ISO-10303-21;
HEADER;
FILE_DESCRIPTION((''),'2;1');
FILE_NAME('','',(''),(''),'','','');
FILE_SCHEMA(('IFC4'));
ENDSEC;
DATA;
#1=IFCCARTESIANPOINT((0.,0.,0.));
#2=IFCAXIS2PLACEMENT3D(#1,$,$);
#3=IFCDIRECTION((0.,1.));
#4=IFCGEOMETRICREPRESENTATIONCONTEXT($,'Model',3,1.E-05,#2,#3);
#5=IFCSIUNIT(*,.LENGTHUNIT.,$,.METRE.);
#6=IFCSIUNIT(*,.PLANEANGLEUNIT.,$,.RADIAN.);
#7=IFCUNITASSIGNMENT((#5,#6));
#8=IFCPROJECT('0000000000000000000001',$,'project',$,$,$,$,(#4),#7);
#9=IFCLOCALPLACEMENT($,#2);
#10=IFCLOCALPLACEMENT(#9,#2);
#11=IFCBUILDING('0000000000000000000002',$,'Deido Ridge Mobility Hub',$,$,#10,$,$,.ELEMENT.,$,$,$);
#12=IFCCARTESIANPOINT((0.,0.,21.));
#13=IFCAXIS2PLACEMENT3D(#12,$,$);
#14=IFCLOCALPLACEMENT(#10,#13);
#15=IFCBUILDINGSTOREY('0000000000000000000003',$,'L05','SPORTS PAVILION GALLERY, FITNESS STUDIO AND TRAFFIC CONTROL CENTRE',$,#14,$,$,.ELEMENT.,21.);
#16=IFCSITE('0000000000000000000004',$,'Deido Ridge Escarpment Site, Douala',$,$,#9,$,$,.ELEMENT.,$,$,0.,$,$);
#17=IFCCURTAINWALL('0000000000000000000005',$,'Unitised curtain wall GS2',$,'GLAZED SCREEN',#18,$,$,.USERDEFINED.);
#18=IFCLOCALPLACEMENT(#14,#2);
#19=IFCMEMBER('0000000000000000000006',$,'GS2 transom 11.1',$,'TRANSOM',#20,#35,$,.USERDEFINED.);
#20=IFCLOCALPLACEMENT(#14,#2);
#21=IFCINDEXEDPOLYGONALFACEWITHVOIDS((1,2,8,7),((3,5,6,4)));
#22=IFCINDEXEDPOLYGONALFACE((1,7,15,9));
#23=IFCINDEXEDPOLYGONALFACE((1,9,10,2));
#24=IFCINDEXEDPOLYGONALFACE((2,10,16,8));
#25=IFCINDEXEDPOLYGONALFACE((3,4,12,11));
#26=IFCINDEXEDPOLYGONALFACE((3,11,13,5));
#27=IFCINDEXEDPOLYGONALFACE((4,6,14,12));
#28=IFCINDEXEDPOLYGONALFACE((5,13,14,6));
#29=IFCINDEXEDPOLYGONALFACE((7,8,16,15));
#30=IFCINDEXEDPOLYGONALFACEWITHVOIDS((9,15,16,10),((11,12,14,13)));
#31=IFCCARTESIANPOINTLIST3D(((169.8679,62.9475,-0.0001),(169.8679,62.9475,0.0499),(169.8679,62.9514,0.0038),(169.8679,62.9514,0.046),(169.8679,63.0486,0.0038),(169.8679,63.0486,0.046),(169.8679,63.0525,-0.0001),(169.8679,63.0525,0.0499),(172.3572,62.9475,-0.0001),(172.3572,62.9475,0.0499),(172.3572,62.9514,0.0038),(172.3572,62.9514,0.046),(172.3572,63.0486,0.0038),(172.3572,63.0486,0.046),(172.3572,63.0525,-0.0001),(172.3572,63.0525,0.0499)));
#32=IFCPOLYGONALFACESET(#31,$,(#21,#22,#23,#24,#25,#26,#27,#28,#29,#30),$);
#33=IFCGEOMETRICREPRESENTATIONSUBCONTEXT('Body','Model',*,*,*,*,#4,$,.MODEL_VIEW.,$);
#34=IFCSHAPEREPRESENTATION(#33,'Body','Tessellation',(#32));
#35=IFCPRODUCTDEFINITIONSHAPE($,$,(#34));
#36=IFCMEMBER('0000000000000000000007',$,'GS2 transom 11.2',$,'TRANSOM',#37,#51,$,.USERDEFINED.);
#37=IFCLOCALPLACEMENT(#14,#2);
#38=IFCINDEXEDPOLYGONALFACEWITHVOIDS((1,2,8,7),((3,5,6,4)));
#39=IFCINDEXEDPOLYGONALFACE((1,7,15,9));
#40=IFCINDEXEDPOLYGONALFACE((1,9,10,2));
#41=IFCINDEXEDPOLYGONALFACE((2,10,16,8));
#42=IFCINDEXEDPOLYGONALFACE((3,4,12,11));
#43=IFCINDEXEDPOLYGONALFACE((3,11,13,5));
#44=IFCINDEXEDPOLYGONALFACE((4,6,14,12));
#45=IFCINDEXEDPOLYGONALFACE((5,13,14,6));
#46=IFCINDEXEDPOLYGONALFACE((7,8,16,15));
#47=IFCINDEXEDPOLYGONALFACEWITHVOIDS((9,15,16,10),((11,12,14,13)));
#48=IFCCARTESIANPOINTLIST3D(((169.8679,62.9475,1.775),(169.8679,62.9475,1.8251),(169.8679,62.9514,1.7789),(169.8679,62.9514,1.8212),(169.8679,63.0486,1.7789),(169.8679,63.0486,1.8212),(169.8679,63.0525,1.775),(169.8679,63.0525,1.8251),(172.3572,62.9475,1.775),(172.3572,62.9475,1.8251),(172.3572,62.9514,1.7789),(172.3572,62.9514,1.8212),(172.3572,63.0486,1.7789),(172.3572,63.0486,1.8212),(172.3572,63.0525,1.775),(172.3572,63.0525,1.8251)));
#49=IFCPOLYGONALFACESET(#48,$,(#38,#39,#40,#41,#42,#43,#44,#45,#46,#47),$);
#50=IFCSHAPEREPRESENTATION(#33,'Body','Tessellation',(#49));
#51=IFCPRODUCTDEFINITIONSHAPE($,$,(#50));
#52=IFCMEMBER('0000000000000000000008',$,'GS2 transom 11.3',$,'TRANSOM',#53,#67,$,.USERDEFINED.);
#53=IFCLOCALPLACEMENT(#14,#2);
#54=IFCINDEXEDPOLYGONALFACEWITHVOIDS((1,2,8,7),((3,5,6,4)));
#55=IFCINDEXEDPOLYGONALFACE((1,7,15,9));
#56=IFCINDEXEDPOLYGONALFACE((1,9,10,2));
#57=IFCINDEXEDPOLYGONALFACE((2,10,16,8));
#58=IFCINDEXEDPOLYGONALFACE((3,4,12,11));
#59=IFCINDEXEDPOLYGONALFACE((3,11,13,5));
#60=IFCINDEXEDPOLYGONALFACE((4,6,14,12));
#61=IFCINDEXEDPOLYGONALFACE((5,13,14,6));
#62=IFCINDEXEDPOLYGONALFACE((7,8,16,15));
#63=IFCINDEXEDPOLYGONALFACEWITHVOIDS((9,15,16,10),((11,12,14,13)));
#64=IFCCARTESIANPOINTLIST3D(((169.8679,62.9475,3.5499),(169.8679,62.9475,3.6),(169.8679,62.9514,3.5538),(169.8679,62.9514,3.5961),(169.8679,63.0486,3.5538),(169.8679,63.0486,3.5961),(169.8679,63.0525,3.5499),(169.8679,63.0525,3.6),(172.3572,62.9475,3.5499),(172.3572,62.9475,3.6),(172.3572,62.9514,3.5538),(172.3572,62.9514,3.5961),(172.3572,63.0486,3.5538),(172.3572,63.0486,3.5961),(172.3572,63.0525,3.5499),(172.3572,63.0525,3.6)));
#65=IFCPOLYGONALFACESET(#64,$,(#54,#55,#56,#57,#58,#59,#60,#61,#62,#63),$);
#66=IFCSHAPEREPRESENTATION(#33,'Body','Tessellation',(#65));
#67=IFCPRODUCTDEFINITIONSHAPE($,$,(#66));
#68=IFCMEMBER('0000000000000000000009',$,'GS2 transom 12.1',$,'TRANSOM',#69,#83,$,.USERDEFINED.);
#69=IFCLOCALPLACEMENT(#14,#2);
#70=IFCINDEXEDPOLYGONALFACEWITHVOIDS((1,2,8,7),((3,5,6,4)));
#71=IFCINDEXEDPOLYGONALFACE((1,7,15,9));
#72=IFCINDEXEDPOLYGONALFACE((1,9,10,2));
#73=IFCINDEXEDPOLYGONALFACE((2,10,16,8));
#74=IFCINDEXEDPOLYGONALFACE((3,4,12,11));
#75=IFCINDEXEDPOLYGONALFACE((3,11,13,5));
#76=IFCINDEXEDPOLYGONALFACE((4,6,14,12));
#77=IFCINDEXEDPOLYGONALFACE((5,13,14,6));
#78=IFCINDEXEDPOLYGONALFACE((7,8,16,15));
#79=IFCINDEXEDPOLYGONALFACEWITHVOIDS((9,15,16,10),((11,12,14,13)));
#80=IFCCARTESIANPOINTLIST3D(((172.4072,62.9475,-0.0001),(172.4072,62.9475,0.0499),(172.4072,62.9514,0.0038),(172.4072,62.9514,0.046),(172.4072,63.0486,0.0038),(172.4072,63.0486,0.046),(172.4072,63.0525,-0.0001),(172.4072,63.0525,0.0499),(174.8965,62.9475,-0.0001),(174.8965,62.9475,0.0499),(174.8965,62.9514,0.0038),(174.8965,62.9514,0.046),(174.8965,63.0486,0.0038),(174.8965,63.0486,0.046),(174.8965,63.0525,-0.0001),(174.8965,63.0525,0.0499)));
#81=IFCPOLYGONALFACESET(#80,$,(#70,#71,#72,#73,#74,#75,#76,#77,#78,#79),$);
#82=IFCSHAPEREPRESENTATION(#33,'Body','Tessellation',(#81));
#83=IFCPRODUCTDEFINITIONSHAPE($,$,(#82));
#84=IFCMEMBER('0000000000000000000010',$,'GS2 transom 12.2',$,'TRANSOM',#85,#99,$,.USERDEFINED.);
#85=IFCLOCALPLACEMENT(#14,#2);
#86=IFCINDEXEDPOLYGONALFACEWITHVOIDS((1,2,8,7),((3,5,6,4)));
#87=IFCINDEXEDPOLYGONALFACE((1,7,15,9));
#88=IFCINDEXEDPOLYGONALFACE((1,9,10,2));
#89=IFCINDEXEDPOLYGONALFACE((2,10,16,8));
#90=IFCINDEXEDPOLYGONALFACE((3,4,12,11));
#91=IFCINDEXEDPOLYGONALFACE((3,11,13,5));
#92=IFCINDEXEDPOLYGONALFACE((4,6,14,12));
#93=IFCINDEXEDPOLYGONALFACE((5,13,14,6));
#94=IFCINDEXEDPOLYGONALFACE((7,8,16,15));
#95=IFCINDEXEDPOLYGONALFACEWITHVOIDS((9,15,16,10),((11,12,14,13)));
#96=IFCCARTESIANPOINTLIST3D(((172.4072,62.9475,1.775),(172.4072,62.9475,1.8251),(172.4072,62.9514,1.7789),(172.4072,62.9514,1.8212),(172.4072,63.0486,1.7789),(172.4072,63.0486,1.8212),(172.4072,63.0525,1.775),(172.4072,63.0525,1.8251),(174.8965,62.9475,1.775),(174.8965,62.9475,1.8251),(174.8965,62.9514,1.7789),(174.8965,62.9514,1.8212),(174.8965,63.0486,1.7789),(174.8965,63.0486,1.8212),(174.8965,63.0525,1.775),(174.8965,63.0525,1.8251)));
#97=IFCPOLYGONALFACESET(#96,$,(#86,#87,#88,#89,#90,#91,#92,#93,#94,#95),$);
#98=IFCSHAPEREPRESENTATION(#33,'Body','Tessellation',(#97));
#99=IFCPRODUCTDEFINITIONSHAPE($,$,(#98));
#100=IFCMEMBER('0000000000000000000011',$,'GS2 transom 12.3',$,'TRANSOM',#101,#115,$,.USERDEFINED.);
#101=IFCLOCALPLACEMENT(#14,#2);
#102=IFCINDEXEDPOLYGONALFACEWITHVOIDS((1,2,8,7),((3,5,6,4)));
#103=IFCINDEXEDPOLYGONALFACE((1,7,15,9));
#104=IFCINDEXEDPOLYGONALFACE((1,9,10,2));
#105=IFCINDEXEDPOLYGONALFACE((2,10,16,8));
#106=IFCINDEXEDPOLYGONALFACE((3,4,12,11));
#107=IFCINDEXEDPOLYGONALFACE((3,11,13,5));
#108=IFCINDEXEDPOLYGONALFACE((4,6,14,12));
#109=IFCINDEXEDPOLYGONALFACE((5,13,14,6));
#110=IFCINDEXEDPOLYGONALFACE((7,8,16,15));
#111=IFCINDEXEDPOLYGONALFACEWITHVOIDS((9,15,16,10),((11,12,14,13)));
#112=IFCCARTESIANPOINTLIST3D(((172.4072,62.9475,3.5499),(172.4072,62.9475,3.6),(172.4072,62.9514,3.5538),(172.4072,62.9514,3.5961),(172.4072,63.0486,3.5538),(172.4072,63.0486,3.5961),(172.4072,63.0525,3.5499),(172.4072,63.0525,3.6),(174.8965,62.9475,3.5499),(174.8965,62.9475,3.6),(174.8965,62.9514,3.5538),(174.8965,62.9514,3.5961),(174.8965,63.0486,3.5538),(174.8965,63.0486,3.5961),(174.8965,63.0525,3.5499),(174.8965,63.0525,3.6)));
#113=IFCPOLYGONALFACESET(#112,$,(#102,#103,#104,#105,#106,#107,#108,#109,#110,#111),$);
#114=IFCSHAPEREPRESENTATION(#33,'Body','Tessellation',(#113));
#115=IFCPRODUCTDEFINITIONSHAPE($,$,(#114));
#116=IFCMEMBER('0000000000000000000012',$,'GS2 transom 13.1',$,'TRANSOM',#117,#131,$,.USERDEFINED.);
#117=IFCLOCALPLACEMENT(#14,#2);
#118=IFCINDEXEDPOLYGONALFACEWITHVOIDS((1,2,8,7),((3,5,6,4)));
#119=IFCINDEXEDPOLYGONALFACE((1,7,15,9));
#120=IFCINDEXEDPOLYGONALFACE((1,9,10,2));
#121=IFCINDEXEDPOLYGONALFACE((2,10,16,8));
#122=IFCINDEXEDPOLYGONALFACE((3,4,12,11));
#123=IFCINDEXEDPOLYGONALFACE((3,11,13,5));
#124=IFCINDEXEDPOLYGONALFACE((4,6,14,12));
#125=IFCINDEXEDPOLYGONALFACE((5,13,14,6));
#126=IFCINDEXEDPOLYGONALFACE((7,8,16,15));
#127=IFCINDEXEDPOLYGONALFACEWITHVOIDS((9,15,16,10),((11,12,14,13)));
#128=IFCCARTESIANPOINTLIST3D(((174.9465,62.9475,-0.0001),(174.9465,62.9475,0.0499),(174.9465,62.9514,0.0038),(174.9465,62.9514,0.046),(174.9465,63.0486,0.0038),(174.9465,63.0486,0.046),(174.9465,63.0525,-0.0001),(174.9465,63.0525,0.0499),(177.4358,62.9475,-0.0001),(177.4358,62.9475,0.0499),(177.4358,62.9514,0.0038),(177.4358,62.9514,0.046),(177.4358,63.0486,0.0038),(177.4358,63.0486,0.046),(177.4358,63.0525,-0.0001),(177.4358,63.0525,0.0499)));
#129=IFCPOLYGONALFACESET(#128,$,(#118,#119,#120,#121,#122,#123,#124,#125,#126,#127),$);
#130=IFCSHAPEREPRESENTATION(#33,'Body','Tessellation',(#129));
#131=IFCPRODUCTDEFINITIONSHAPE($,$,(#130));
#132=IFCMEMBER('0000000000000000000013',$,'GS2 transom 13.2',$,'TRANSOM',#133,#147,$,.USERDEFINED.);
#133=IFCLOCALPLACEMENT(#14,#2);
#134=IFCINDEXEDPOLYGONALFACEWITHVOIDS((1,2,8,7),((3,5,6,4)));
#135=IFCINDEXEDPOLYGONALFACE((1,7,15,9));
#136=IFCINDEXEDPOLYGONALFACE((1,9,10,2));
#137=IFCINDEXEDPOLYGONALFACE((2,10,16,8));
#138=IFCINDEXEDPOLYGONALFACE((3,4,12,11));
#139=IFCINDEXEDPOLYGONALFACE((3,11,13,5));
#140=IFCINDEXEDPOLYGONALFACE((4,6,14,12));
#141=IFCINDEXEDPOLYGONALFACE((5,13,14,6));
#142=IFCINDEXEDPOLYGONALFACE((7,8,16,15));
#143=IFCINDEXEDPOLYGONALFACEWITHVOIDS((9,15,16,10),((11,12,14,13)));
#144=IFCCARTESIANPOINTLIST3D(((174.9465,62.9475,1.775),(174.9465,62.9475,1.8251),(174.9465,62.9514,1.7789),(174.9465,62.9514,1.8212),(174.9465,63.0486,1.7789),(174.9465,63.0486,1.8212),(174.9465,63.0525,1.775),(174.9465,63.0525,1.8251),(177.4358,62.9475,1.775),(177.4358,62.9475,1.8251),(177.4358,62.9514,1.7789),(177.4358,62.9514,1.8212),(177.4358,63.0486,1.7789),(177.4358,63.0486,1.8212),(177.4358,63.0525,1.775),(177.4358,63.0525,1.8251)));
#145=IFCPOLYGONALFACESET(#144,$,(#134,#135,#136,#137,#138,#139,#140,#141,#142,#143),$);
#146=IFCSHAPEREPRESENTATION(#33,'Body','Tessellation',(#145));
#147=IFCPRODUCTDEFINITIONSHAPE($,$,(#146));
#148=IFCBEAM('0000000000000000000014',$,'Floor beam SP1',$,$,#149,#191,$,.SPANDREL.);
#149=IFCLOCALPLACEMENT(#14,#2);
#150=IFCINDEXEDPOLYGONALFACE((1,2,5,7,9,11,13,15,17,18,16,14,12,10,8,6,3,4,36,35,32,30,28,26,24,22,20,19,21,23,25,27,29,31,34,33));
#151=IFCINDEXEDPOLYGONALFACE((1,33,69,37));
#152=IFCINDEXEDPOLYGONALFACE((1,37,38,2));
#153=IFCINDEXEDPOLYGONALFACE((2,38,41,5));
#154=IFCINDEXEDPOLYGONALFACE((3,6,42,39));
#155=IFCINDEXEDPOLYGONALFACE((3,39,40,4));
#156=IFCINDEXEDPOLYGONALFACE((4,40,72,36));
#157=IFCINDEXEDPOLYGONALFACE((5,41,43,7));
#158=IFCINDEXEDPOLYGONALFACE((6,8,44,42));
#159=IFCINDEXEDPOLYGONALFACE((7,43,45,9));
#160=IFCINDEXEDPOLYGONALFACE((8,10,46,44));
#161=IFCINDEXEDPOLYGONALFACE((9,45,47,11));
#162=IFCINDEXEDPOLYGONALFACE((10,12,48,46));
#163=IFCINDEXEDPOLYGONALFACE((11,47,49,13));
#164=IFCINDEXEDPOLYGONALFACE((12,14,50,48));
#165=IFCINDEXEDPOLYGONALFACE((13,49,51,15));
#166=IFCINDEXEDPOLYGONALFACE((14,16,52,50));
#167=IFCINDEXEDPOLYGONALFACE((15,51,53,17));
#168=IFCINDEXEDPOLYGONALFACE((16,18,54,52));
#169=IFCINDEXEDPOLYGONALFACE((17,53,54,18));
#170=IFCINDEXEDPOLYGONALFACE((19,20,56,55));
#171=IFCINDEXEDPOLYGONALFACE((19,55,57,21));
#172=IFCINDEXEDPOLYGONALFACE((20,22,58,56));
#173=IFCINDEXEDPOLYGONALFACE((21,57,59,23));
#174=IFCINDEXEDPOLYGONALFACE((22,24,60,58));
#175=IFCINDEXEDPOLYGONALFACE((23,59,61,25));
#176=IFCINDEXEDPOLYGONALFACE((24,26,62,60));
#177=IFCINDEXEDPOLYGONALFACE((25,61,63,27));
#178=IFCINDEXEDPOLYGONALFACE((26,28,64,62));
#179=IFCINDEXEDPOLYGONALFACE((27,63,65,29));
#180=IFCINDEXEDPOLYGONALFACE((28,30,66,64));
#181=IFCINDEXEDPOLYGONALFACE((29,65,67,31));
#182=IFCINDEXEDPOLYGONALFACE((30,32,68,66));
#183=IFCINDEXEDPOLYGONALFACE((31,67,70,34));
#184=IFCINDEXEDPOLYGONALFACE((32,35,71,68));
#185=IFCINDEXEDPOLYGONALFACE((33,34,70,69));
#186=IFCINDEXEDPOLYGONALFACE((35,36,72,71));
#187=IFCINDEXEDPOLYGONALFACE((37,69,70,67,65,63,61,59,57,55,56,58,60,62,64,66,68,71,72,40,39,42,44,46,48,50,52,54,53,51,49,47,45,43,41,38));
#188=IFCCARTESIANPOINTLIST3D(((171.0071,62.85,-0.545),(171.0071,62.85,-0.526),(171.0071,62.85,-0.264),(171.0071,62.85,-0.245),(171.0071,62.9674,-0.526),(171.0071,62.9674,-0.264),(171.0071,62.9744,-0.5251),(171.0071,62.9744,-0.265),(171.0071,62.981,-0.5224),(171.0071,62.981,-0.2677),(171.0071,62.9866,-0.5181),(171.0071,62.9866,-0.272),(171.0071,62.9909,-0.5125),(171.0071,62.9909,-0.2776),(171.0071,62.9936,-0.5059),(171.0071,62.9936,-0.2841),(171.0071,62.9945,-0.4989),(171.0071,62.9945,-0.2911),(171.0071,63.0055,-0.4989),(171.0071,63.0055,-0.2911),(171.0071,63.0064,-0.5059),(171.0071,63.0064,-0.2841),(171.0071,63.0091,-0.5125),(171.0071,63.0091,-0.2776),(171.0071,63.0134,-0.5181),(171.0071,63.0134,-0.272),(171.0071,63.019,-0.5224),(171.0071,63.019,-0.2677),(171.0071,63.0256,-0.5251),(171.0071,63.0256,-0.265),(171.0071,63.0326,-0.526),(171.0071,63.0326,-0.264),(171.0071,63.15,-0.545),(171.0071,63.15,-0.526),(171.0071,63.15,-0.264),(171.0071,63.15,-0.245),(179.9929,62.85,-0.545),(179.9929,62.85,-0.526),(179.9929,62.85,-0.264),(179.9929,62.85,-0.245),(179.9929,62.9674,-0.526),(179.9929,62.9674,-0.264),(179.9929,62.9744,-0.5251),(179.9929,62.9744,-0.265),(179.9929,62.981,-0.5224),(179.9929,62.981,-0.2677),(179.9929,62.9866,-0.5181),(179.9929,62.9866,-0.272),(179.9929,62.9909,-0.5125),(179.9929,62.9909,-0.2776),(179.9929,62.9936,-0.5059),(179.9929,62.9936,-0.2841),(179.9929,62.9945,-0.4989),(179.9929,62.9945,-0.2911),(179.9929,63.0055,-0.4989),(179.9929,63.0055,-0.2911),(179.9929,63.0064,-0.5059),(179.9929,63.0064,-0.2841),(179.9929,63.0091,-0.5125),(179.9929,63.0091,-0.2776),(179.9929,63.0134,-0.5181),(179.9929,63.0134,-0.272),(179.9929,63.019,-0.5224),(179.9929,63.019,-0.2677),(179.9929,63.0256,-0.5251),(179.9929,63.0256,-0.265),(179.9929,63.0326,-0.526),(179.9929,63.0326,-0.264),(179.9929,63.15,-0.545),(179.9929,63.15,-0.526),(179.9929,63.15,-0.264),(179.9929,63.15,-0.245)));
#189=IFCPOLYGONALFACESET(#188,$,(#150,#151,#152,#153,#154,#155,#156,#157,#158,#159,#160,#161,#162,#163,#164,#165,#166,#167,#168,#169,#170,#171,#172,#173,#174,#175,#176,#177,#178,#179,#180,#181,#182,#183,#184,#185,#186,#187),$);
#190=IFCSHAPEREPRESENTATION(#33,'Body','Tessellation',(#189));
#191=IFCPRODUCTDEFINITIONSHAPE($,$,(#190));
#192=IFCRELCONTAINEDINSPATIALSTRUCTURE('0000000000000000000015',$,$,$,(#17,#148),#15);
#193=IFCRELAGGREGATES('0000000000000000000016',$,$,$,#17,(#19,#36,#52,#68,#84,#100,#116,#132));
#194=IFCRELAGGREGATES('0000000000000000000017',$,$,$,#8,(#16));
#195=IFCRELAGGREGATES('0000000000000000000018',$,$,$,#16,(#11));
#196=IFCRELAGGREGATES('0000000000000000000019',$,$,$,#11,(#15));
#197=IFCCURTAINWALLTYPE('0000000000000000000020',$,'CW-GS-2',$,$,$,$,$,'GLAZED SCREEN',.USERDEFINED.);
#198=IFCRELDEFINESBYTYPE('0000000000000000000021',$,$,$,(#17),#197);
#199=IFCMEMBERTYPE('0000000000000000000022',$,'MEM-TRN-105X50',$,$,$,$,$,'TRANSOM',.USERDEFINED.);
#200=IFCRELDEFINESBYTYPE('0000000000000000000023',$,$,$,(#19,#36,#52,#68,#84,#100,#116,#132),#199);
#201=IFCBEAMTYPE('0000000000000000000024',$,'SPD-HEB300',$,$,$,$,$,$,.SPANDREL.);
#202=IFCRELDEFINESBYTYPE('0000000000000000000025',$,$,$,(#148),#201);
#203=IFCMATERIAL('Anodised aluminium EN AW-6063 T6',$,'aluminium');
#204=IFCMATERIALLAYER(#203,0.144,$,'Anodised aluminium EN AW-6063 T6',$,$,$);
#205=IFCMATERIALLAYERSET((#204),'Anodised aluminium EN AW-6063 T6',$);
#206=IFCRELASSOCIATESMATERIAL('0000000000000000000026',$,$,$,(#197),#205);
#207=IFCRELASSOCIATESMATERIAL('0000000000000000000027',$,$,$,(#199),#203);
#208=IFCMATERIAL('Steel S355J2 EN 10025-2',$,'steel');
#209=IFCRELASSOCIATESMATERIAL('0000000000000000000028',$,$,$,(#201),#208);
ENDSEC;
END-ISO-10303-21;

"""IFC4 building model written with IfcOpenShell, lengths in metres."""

from ifc_helpers import new_model, si_unit, direction, frame, origin, origin_2d, place, context, subcontext, project, spatial, hollow_rectangle, i_section, extrude, material, layer, layer_set, material_profile, profile_set, type_object, element, aggregate, save


model = new_model("IFC4")

# Units and contexts
model_context = context("Model", 3, precision=1e-05, world=origin(), true_north=direction((0.0, 1.0)))
body_context = subcontext(model_context, "Body", "Model", "MODEL_VIEW")
ifc_project = project(units=[si_unit("LENGTHUNIT", "METRE"), si_unit("PLANEANGLEUNIT", "RADIAN")], contexts=[model_context])

# Site, building, storey
site_placement = place(None, origin())
site = spatial("IfcSite", under=ifc_project, at=site_placement, Name="Deido Ridge Escarpment Site, Douala", CompositionType="ELEMENT", RefElevation=0.0)
building_placement = place(site_placement, origin())
building = spatial("IfcBuilding", under=site, at=building_placement, Name="Deido Ridge Mobility Hub", CompositionType="ELEMENT")
storey_placement = place(building_placement, frame((0.0, 0.0, 21.0)))
storey = spatial("IfcBuildingStorey", under=building, at=storey_placement, Name="L05", Description="SPORTS PAVILION GALLERY, FITNESS STUDIO AND TRAFFIC CONTROL CENTRE", CompositionType="ELEMENT", Elevation=21.0)

# Curtain wall, members
ifc_material_1 = material(Name="Anodised aluminium EN AW-6063 T6", Category="aluminium")
ifc_layer_1 = layer(ifc_material_1, 0.144, Name="Anodised aluminium EN AW-6063 T6")
ifc_layer_set_1 = layer_set([ifc_layer_1], Name="Anodised aluminium EN AW-6063 T6")
curtain_wall_type = type_object("IfcCurtainWallType", Name="CW-GS-2", ElementType="GLAZED SCREEN", PredefinedType="USERDEFINED", material=ifc_layer_set_1)
curtain_wall_placement = place(storey_placement, origin())
curtain_wall = element("IfcCurtainWall", 1, at=curtain_wall_placement, inside=storey, type_object=curtain_wall_type, Name="Unitised curtain wall GS2", ObjectType="GLAZED SCREEN", PredefinedType="USERDEFINED")
ifc_material_profile_1 = material_profile(ifc_material_1, hollow_rectangle(XDim=0.105, YDim=0.05, WallThickness=0.0039, at=origin_2d()), Name="RHS 105x50x4")
ifc_profile_set_1 = profile_set([ifc_material_profile_1], Name="Anodised aluminium EN AW-6063 T6")
member_type_1 = type_object("IfcMemberType", Name="MEM-TRN-105X50", ElementType="TRANSOM", PredefinedType="USERDEFINED", material=ifc_profile_set_1)
member_1_placement = place(storey_placement, frame((169.8679, 63.0, 0.0249), z_axis=(1.0, 0.0, 0.0), x_axis=(0.0, 1.0, 0.0)))
member_1 = element("IfcMember", 2, at=member_1_placement, type_object=member_type_1, Name="GS2 transom 11.1", ObjectType="TRANSOM", PredefinedType="USERDEFINED", context=body_context, shape_type="SweptSolid", body=[
    extrude(hollow_rectangle(XDim=0.105, YDim=0.05, WallThickness=0.0039, at=origin_2d()), origin(), (0.0, 0.0, 1.0), 2.4893),
])
member_2_placement = place(storey_placement, frame((169.8679, 63.0, 1.8), z_axis=(1.0, 0.0, 0.0), x_axis=(0.0, 1.0, 0.0)))
member_2 = element("IfcMember", 3, at=member_2_placement, type_object=member_type_1, Name="GS2 transom 11.2", ObjectType="TRANSOM", PredefinedType="USERDEFINED", context=body_context, shape_type="SweptSolid", body=[
    extrude(hollow_rectangle(XDim=0.105, YDim=0.05, WallThickness=0.0039, at=origin_2d()), origin(), (0.0, 0.0, 1.0), 2.4893),
])
member_3_placement = place(storey_placement, frame((169.8679, 63.0, 3.575), z_axis=(1.0, 0.0, 0.0), x_axis=(0.0, 1.0, 0.0)))
member_3 = element("IfcMember", 4, at=member_3_placement, type_object=member_type_1, Name="GS2 transom 11.3", ObjectType="TRANSOM", PredefinedType="USERDEFINED", context=body_context, shape_type="SweptSolid", body=[
    extrude(hollow_rectangle(XDim=0.105, YDim=0.05, WallThickness=0.0039, at=origin_2d()), origin(), (0.0, 0.0, 1.0), 2.4893),
])
member_4_placement = place(storey_placement, frame((172.4072, 63.0, 0.0249), z_axis=(1.0, 0.0, 0.0), x_axis=(0.0, 1.0, 0.0)))
member_4 = element("IfcMember", 5, at=member_4_placement, type_object=member_type_1, Name="GS2 transom 12.1", ObjectType="TRANSOM", PredefinedType="USERDEFINED", context=body_context, shape_type="SweptSolid", body=[
    extrude(hollow_rectangle(XDim=0.105, YDim=0.05, WallThickness=0.0039, at=origin_2d()), origin(), (0.0, 0.0, 1.0), 2.4893),
])
member_5_placement = place(storey_placement, frame((172.4072, 63.0, 1.8), z_axis=(1.0, 0.0, 0.0), x_axis=(0.0, 1.0, 0.0)))
member_5 = element("IfcMember", 6, at=member_5_placement, type_object=member_type_1, Name="GS2 transom 12.2", ObjectType="TRANSOM", PredefinedType="USERDEFINED", context=body_context, shape_type="SweptSolid", body=[
    extrude(hollow_rectangle(XDim=0.105, YDim=0.05, WallThickness=0.0039, at=origin_2d()), origin(), (0.0, 0.0, 1.0), 2.4893),
])
member_6_placement = place(storey_placement, frame((172.4072, 63.0, 3.575), z_axis=(1.0, 0.0, 0.0), x_axis=(0.0, 1.0, 0.0)))
member_6 = element("IfcMember", 7, at=member_6_placement, type_object=member_type_1, Name="GS2 transom 12.3", ObjectType="TRANSOM", PredefinedType="USERDEFINED", context=body_context, shape_type="SweptSolid", body=[
    extrude(hollow_rectangle(XDim=0.105, YDim=0.05, WallThickness=0.0039, at=origin_2d()), origin(), (0.0, 0.0, 1.0), 2.4893),
])
member_7_placement = place(storey_placement, frame((174.9465, 63.0, 0.0249), z_axis=(1.0, 0.0, 0.0), x_axis=(0.0, 1.0, 0.0)))
member_7 = element("IfcMember", 8, at=member_7_placement, type_object=member_type_1, Name="GS2 transom 13.1", ObjectType="TRANSOM", PredefinedType="USERDEFINED", context=body_context, shape_type="SweptSolid", body=[
    extrude(hollow_rectangle(XDim=0.105, YDim=0.05, WallThickness=0.0039, at=origin_2d()), origin(), (0.0, 0.0, 1.0), 2.4893),
])
member_8_placement = place(storey_placement, frame((174.9465, 63.0, 1.8), z_axis=(1.0, 0.0, 0.0), x_axis=(0.0, 1.0, 0.0)))
member_8 = element("IfcMember", 9, at=member_8_placement, type_object=member_type_1, Name="GS2 transom 13.2", ObjectType="TRANSOM", PredefinedType="USERDEFINED", context=body_context, shape_type="SweptSolid", body=[
    extrude(hollow_rectangle(XDim=0.105, YDim=0.05, WallThickness=0.0039, at=origin_2d()), origin(), (0.0, 0.0, 1.0), 2.4893),
])

# Beam
ifc_material_2 = material(Name="Steel S355J2 EN 10025-2", Category="steel")
ifc_material_profile_2 = material_profile(ifc_material_2, i_section(OverallWidth=0.3, OverallDepth=0.3, WebThickness=0.011, FlangeThickness=0.019, FilletRadius=0.0271, at=origin_2d()), Name="HEB 300")
ifc_profile_set_2 = profile_set([ifc_material_profile_2], Name="Steel S355J2 EN 10025-2")
beam_type = type_object("IfcBeamType", Name="SPD-HEB300", PredefinedType="SPANDREL", material=ifc_profile_set_2)
beam_placement = place(storey_placement, frame((171.0071, 63.0, -0.395), z_axis=(1.0, 0.0, 0.0), x_axis=(0.0, 1.0, 0.0)))
element("IfcBeam", 10, at=beam_placement, inside=storey, type_object=beam_type, Name="Floor beam SP1", PredefinedType="SPANDREL", context=body_context, shape_type="SweptSolid", body=[
    extrude(i_section(OverallWidth=0.3, OverallDepth=0.3, WebThickness=0.011, FlangeThickness=0.019, FilletRadius=0.0271, at=origin_2d()), origin(), (0.0, 0.0, 1.0), 8.9858),
])

aggregate(curtain_wall, [member_1, member_2, member_3, member_4, member_5, member_6, member_7, member_8])

save(model, "model.ifc")
